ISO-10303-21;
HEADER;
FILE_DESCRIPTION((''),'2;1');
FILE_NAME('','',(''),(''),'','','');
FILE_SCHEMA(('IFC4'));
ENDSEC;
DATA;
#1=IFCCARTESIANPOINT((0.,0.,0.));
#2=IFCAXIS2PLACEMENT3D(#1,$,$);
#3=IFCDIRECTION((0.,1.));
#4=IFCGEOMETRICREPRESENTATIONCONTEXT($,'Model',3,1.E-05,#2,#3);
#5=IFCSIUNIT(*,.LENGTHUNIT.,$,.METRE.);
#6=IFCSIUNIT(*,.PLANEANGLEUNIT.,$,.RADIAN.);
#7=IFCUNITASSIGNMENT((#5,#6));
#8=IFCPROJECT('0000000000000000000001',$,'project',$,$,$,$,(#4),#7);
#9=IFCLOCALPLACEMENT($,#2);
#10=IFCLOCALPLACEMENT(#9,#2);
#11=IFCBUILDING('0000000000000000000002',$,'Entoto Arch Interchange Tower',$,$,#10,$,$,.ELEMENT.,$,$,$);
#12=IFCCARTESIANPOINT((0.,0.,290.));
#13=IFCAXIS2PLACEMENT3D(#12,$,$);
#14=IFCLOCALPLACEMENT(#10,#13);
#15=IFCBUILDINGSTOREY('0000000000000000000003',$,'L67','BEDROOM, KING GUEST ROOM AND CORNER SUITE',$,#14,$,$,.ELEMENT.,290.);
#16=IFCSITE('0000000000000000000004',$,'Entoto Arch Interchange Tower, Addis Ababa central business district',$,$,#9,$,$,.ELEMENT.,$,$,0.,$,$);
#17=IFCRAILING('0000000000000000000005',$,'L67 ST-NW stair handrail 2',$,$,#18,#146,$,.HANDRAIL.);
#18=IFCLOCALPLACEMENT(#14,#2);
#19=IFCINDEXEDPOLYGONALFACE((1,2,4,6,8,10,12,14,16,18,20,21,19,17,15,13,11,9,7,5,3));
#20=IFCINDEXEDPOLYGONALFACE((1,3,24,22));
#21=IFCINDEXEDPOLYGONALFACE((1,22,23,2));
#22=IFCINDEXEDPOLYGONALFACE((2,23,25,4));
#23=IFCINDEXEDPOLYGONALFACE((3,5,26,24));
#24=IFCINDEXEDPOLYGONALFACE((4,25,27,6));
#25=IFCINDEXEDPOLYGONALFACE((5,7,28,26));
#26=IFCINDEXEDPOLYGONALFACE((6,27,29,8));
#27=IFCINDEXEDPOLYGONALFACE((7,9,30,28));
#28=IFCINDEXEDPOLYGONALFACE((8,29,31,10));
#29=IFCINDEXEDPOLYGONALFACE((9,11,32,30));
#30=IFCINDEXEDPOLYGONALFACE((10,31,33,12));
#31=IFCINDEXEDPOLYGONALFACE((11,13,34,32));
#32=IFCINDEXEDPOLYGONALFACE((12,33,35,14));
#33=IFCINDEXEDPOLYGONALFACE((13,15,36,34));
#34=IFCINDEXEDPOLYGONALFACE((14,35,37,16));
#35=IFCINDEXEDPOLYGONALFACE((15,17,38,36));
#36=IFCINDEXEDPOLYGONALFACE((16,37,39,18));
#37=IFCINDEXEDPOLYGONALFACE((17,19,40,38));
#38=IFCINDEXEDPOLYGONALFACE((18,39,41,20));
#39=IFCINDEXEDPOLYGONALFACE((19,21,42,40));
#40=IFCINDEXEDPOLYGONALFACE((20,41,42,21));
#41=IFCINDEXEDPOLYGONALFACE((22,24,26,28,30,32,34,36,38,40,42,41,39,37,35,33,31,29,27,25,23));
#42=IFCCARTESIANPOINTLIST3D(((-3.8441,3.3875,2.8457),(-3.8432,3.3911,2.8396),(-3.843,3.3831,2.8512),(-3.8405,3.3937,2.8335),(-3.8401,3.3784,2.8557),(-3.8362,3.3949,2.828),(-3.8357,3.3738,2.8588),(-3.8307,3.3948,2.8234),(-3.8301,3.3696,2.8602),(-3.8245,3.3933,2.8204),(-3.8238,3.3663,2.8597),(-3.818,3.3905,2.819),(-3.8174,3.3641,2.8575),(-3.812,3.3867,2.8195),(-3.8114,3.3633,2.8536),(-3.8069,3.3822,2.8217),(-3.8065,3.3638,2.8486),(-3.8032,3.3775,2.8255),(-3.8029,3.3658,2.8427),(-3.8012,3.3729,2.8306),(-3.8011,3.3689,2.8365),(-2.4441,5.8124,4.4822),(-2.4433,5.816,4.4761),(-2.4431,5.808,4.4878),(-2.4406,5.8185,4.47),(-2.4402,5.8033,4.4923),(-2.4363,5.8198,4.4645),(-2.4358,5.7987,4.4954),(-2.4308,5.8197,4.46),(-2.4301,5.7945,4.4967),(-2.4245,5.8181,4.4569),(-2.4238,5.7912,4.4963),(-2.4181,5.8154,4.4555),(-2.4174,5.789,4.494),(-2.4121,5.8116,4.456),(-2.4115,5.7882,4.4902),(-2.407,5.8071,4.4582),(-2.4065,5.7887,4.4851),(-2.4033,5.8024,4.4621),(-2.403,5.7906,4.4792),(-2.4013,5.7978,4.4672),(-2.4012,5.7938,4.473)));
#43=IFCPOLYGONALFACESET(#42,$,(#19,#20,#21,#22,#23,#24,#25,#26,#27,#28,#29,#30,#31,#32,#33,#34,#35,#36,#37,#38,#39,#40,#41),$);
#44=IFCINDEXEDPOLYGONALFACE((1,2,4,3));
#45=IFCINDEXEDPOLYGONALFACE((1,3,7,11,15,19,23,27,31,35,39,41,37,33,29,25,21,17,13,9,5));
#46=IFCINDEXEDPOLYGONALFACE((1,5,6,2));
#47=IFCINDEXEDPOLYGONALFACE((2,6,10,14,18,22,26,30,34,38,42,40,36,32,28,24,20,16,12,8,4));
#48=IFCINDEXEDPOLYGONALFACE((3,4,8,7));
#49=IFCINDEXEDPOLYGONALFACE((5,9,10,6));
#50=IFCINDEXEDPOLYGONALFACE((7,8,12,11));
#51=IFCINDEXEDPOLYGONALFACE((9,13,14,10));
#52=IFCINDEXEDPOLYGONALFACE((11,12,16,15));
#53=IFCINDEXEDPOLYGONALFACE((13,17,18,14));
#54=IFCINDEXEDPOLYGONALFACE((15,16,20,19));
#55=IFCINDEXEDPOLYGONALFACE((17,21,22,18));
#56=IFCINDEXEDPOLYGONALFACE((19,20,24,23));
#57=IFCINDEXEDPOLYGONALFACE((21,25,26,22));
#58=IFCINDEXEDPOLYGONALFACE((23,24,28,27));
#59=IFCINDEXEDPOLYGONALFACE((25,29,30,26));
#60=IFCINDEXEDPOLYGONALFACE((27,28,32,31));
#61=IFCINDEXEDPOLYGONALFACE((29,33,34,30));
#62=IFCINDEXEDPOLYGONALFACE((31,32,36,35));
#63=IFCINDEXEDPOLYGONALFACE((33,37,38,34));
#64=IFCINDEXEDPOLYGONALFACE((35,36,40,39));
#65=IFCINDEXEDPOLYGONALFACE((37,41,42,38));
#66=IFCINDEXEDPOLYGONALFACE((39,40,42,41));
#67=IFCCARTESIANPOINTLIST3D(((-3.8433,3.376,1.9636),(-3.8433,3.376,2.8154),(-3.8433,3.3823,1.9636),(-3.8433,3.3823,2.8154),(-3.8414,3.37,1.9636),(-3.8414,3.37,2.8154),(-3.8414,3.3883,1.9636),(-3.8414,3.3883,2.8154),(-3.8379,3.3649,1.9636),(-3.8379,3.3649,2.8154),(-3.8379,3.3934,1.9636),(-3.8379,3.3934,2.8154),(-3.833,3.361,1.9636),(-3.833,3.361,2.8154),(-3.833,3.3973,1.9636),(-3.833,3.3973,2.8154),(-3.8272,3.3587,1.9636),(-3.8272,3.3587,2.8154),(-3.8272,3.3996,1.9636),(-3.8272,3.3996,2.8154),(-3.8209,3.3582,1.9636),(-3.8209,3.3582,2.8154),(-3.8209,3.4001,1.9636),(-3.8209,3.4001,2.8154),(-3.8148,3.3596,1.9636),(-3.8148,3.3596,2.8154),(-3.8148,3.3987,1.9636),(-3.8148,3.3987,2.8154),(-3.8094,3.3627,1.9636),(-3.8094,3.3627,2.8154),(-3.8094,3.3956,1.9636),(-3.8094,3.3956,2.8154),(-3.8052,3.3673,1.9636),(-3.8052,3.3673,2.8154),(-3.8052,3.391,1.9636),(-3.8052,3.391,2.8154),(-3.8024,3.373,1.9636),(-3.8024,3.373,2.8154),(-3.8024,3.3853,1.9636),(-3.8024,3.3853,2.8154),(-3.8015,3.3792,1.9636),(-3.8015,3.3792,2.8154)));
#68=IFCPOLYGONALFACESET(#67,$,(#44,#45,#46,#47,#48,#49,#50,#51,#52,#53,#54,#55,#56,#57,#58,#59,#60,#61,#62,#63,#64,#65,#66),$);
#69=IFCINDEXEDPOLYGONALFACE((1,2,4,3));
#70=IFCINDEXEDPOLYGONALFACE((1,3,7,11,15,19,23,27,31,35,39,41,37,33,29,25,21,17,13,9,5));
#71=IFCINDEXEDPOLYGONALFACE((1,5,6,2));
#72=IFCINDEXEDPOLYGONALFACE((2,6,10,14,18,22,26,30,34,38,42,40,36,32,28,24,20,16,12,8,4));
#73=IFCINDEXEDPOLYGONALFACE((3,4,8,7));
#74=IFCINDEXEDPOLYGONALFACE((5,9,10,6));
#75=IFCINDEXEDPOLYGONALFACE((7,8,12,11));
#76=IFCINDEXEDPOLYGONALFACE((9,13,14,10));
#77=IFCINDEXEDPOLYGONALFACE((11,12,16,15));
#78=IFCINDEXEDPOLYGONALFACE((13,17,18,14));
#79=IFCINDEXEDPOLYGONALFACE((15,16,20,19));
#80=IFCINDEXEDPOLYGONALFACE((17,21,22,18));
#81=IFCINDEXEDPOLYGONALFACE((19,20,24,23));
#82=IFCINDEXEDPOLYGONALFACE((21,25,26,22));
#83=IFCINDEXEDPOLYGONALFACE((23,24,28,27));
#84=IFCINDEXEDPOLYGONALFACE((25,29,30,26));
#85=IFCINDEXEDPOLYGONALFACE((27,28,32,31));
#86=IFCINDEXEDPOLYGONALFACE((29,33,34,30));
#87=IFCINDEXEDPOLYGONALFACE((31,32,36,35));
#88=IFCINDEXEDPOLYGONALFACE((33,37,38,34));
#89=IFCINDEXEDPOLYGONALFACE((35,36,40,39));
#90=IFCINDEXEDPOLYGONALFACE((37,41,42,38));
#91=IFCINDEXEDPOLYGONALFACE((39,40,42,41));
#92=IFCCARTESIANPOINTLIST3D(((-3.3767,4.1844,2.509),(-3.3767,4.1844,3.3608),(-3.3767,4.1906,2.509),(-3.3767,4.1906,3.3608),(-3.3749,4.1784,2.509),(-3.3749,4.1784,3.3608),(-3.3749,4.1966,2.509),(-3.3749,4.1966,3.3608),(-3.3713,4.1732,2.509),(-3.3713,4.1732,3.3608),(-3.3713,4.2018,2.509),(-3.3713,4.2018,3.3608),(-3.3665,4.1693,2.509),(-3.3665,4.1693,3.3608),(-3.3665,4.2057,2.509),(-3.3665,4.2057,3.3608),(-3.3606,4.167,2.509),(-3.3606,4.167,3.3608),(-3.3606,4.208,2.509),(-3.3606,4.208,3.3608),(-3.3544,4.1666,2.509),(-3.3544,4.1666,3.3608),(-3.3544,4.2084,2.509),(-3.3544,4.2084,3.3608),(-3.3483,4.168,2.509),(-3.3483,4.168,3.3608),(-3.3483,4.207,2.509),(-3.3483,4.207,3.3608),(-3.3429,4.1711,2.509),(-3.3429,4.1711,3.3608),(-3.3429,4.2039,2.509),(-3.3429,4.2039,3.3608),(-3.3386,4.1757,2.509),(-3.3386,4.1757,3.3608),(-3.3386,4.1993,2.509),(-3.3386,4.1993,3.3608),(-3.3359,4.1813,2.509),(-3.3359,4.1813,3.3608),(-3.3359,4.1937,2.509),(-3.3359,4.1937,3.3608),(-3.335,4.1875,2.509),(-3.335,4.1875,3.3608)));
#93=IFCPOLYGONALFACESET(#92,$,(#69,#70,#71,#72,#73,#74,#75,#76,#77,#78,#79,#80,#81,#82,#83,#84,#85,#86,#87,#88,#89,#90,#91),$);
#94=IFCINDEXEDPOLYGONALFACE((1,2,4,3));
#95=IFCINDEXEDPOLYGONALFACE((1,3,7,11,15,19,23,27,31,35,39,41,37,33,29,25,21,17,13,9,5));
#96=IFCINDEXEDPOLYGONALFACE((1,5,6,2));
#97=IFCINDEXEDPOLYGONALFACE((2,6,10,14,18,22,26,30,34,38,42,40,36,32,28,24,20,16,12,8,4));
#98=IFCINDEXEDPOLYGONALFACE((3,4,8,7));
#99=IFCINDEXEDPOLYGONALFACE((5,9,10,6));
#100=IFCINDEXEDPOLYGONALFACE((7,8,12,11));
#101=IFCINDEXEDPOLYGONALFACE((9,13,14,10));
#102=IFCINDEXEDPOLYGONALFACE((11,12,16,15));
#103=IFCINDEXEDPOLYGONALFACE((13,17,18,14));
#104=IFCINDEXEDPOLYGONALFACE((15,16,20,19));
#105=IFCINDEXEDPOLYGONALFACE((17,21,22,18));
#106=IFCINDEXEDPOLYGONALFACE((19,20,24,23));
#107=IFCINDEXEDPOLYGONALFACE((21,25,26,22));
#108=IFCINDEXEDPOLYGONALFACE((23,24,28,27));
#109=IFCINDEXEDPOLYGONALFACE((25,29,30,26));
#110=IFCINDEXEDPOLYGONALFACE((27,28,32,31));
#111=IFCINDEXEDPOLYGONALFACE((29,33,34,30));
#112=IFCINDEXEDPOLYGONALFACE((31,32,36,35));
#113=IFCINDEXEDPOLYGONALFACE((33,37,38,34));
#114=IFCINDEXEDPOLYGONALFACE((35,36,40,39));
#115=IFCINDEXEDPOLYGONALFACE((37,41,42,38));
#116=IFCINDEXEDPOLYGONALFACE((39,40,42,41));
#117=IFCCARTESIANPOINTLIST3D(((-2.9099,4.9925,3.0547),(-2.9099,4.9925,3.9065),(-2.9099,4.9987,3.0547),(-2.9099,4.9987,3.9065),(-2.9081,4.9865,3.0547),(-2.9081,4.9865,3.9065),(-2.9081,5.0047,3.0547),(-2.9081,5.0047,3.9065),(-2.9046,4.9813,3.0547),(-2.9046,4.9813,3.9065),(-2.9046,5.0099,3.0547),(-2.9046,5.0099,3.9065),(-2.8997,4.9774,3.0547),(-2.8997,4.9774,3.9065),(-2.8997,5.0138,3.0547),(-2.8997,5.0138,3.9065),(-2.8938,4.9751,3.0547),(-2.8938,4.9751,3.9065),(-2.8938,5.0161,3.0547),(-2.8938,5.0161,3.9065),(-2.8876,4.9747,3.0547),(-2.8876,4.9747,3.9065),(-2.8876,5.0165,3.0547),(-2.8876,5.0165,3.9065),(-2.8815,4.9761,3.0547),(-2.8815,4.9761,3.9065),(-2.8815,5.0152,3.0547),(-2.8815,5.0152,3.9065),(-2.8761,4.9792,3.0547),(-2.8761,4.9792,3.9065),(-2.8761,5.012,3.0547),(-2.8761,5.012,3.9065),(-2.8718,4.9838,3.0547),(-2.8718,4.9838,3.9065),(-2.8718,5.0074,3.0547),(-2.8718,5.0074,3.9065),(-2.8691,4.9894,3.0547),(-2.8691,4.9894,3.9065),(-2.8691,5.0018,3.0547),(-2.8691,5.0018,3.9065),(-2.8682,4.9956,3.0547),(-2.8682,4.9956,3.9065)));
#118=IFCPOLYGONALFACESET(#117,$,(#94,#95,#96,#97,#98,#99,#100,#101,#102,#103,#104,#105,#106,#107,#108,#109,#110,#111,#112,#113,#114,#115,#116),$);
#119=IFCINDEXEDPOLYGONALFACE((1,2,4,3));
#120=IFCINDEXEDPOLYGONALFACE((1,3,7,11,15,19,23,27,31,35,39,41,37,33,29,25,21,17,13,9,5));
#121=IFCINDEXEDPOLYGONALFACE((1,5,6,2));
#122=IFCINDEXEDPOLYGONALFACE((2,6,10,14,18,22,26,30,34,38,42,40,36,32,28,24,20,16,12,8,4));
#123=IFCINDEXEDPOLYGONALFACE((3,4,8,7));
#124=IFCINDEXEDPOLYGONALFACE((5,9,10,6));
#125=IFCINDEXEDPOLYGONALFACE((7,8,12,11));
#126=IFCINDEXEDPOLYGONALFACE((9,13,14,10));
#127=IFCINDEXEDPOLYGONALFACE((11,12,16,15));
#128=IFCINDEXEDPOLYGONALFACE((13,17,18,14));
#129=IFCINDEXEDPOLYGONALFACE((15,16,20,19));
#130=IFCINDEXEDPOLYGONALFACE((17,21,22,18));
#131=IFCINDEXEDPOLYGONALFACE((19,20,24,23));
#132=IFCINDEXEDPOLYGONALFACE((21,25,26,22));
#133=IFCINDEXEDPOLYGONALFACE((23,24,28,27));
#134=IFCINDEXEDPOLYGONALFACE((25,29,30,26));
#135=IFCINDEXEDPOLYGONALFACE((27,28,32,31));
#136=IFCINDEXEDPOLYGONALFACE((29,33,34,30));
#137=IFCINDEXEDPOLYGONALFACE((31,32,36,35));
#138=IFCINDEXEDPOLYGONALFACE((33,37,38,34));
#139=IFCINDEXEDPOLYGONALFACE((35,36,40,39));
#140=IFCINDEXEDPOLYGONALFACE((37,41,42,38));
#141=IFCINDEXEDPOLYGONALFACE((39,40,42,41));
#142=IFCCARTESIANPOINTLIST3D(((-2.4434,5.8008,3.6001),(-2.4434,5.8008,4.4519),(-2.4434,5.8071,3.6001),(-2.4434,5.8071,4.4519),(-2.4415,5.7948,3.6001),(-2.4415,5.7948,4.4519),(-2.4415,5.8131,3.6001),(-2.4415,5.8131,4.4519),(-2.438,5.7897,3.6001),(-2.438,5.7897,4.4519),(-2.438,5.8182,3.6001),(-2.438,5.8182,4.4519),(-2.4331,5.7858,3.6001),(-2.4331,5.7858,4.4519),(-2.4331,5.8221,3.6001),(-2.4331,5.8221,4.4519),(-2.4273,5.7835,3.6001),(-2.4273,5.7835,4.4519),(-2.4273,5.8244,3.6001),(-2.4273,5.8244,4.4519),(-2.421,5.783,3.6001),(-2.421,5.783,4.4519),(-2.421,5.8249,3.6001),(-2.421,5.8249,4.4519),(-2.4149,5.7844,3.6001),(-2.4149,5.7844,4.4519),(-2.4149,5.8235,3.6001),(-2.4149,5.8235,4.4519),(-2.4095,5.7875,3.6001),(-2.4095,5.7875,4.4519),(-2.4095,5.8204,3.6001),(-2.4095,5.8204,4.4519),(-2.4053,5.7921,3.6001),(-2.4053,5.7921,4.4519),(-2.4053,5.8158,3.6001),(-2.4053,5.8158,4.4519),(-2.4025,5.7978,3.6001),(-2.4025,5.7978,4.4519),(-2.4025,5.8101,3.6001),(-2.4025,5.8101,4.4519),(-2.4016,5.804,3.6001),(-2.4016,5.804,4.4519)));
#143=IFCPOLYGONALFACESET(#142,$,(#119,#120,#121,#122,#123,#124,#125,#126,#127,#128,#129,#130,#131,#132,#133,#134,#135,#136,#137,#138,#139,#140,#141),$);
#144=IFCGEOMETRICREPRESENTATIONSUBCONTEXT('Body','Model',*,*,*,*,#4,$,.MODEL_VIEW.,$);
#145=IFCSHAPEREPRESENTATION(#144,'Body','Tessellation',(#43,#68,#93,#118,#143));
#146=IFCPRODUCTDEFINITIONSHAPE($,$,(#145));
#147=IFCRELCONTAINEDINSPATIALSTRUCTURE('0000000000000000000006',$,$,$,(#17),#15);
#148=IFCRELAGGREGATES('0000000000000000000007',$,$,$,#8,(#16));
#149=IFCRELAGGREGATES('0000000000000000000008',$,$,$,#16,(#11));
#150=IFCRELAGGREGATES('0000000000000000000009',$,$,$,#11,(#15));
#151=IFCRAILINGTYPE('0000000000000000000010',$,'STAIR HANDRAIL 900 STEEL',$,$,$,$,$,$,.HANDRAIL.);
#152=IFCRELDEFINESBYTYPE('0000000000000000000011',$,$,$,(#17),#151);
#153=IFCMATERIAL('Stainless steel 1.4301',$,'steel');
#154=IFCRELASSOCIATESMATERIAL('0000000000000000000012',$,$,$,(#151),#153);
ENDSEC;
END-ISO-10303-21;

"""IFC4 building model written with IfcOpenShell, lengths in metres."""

from ifc_helpers import new_model, si_unit, direction, frame, origin, origin_2d, place, context, subcontext, project, spatial, circle, extrude, material, type_object, element, save


model = new_model("IFC4")

# Units and contexts
model_context = context("Model", 3, precision=1e-05, world=origin(), true_north=direction((0.0, 1.0)))
body_context = subcontext(model_context, "Body", "Model", "MODEL_VIEW")
ifc_project = project(units=[si_unit("LENGTHUNIT", "METRE"), si_unit("PLANEANGLEUNIT", "RADIAN")], contexts=[model_context])

# Site, building, storey
site_placement = place(None, origin())
site = spatial("IfcSite", under=ifc_project, at=site_placement, Name="Entoto Arch Interchange Tower, Addis Ababa central business district", CompositionType="ELEMENT", RefElevation=0.0)
building_placement = place(site_placement, origin())
building = spatial("IfcBuilding", under=site, at=building_placement, Name="Entoto Arch Interchange Tower", CompositionType="ELEMENT")
storey_placement = place(building_placement, frame((0.0, 0.0, 290.0)))
storey = spatial("IfcBuildingStorey", under=building, at=storey_placement, Name="L67", Description="BEDROOM, KING GUEST ROOM AND CORNER SUITE", CompositionType="ELEMENT", Elevation=290.0)

# Railing
ifc_material_1 = material(Name="Stainless steel 1.4301", Category="steel")
railing_type_1 = type_object("IfcRailingType", Name="STAIR HANDRAIL 900 STEEL", PredefinedType="HANDRAIL", material=ifc_material_1)
railing_1_placement = place(storey_placement, frame((-3.8225, 3.3792, 1.9636)))
element("IfcRailing", 1, at=railing_1_placement, inside=storey, type_object=railing_type_1, Name="L67 ST-NW stair handrail 2", PredefinedType="HANDRAIL", context=body_context, shape_type="SweptSolid", body=[
    extrude(circle(Radius=0.0239, at=origin_2d()), frame((0.0, 0.0, 0.876), z_axis=(0.431661, 0.74769, 0.504608), x_axis=(-0.866035, 0.499984, 0.0)), (0.0, 0.0, 1.0), 3.2432),
    extrude(circle(Radius=0.021, at=origin_2d()), origin(), (0.0, 0.0, 1.0), 0.8518),
    extrude(circle(Radius=0.021, at=origin_2d()), frame((0.4666, 0.8083, 0.5454)), (0.0, 0.0, 1.0), 0.8518),
    extrude(circle(Radius=0.021, at=origin_2d()), frame((0.9333, 1.6165, 1.0911)), (0.0, 0.0, 1.0), 0.8518),
    extrude(circle(Radius=0.021, at=origin_2d()), frame((1.3999, 2.4248, 1.6365)), (0.0, 0.0, 1.0), 0.8518),
])

save(model, "model.ifc")
